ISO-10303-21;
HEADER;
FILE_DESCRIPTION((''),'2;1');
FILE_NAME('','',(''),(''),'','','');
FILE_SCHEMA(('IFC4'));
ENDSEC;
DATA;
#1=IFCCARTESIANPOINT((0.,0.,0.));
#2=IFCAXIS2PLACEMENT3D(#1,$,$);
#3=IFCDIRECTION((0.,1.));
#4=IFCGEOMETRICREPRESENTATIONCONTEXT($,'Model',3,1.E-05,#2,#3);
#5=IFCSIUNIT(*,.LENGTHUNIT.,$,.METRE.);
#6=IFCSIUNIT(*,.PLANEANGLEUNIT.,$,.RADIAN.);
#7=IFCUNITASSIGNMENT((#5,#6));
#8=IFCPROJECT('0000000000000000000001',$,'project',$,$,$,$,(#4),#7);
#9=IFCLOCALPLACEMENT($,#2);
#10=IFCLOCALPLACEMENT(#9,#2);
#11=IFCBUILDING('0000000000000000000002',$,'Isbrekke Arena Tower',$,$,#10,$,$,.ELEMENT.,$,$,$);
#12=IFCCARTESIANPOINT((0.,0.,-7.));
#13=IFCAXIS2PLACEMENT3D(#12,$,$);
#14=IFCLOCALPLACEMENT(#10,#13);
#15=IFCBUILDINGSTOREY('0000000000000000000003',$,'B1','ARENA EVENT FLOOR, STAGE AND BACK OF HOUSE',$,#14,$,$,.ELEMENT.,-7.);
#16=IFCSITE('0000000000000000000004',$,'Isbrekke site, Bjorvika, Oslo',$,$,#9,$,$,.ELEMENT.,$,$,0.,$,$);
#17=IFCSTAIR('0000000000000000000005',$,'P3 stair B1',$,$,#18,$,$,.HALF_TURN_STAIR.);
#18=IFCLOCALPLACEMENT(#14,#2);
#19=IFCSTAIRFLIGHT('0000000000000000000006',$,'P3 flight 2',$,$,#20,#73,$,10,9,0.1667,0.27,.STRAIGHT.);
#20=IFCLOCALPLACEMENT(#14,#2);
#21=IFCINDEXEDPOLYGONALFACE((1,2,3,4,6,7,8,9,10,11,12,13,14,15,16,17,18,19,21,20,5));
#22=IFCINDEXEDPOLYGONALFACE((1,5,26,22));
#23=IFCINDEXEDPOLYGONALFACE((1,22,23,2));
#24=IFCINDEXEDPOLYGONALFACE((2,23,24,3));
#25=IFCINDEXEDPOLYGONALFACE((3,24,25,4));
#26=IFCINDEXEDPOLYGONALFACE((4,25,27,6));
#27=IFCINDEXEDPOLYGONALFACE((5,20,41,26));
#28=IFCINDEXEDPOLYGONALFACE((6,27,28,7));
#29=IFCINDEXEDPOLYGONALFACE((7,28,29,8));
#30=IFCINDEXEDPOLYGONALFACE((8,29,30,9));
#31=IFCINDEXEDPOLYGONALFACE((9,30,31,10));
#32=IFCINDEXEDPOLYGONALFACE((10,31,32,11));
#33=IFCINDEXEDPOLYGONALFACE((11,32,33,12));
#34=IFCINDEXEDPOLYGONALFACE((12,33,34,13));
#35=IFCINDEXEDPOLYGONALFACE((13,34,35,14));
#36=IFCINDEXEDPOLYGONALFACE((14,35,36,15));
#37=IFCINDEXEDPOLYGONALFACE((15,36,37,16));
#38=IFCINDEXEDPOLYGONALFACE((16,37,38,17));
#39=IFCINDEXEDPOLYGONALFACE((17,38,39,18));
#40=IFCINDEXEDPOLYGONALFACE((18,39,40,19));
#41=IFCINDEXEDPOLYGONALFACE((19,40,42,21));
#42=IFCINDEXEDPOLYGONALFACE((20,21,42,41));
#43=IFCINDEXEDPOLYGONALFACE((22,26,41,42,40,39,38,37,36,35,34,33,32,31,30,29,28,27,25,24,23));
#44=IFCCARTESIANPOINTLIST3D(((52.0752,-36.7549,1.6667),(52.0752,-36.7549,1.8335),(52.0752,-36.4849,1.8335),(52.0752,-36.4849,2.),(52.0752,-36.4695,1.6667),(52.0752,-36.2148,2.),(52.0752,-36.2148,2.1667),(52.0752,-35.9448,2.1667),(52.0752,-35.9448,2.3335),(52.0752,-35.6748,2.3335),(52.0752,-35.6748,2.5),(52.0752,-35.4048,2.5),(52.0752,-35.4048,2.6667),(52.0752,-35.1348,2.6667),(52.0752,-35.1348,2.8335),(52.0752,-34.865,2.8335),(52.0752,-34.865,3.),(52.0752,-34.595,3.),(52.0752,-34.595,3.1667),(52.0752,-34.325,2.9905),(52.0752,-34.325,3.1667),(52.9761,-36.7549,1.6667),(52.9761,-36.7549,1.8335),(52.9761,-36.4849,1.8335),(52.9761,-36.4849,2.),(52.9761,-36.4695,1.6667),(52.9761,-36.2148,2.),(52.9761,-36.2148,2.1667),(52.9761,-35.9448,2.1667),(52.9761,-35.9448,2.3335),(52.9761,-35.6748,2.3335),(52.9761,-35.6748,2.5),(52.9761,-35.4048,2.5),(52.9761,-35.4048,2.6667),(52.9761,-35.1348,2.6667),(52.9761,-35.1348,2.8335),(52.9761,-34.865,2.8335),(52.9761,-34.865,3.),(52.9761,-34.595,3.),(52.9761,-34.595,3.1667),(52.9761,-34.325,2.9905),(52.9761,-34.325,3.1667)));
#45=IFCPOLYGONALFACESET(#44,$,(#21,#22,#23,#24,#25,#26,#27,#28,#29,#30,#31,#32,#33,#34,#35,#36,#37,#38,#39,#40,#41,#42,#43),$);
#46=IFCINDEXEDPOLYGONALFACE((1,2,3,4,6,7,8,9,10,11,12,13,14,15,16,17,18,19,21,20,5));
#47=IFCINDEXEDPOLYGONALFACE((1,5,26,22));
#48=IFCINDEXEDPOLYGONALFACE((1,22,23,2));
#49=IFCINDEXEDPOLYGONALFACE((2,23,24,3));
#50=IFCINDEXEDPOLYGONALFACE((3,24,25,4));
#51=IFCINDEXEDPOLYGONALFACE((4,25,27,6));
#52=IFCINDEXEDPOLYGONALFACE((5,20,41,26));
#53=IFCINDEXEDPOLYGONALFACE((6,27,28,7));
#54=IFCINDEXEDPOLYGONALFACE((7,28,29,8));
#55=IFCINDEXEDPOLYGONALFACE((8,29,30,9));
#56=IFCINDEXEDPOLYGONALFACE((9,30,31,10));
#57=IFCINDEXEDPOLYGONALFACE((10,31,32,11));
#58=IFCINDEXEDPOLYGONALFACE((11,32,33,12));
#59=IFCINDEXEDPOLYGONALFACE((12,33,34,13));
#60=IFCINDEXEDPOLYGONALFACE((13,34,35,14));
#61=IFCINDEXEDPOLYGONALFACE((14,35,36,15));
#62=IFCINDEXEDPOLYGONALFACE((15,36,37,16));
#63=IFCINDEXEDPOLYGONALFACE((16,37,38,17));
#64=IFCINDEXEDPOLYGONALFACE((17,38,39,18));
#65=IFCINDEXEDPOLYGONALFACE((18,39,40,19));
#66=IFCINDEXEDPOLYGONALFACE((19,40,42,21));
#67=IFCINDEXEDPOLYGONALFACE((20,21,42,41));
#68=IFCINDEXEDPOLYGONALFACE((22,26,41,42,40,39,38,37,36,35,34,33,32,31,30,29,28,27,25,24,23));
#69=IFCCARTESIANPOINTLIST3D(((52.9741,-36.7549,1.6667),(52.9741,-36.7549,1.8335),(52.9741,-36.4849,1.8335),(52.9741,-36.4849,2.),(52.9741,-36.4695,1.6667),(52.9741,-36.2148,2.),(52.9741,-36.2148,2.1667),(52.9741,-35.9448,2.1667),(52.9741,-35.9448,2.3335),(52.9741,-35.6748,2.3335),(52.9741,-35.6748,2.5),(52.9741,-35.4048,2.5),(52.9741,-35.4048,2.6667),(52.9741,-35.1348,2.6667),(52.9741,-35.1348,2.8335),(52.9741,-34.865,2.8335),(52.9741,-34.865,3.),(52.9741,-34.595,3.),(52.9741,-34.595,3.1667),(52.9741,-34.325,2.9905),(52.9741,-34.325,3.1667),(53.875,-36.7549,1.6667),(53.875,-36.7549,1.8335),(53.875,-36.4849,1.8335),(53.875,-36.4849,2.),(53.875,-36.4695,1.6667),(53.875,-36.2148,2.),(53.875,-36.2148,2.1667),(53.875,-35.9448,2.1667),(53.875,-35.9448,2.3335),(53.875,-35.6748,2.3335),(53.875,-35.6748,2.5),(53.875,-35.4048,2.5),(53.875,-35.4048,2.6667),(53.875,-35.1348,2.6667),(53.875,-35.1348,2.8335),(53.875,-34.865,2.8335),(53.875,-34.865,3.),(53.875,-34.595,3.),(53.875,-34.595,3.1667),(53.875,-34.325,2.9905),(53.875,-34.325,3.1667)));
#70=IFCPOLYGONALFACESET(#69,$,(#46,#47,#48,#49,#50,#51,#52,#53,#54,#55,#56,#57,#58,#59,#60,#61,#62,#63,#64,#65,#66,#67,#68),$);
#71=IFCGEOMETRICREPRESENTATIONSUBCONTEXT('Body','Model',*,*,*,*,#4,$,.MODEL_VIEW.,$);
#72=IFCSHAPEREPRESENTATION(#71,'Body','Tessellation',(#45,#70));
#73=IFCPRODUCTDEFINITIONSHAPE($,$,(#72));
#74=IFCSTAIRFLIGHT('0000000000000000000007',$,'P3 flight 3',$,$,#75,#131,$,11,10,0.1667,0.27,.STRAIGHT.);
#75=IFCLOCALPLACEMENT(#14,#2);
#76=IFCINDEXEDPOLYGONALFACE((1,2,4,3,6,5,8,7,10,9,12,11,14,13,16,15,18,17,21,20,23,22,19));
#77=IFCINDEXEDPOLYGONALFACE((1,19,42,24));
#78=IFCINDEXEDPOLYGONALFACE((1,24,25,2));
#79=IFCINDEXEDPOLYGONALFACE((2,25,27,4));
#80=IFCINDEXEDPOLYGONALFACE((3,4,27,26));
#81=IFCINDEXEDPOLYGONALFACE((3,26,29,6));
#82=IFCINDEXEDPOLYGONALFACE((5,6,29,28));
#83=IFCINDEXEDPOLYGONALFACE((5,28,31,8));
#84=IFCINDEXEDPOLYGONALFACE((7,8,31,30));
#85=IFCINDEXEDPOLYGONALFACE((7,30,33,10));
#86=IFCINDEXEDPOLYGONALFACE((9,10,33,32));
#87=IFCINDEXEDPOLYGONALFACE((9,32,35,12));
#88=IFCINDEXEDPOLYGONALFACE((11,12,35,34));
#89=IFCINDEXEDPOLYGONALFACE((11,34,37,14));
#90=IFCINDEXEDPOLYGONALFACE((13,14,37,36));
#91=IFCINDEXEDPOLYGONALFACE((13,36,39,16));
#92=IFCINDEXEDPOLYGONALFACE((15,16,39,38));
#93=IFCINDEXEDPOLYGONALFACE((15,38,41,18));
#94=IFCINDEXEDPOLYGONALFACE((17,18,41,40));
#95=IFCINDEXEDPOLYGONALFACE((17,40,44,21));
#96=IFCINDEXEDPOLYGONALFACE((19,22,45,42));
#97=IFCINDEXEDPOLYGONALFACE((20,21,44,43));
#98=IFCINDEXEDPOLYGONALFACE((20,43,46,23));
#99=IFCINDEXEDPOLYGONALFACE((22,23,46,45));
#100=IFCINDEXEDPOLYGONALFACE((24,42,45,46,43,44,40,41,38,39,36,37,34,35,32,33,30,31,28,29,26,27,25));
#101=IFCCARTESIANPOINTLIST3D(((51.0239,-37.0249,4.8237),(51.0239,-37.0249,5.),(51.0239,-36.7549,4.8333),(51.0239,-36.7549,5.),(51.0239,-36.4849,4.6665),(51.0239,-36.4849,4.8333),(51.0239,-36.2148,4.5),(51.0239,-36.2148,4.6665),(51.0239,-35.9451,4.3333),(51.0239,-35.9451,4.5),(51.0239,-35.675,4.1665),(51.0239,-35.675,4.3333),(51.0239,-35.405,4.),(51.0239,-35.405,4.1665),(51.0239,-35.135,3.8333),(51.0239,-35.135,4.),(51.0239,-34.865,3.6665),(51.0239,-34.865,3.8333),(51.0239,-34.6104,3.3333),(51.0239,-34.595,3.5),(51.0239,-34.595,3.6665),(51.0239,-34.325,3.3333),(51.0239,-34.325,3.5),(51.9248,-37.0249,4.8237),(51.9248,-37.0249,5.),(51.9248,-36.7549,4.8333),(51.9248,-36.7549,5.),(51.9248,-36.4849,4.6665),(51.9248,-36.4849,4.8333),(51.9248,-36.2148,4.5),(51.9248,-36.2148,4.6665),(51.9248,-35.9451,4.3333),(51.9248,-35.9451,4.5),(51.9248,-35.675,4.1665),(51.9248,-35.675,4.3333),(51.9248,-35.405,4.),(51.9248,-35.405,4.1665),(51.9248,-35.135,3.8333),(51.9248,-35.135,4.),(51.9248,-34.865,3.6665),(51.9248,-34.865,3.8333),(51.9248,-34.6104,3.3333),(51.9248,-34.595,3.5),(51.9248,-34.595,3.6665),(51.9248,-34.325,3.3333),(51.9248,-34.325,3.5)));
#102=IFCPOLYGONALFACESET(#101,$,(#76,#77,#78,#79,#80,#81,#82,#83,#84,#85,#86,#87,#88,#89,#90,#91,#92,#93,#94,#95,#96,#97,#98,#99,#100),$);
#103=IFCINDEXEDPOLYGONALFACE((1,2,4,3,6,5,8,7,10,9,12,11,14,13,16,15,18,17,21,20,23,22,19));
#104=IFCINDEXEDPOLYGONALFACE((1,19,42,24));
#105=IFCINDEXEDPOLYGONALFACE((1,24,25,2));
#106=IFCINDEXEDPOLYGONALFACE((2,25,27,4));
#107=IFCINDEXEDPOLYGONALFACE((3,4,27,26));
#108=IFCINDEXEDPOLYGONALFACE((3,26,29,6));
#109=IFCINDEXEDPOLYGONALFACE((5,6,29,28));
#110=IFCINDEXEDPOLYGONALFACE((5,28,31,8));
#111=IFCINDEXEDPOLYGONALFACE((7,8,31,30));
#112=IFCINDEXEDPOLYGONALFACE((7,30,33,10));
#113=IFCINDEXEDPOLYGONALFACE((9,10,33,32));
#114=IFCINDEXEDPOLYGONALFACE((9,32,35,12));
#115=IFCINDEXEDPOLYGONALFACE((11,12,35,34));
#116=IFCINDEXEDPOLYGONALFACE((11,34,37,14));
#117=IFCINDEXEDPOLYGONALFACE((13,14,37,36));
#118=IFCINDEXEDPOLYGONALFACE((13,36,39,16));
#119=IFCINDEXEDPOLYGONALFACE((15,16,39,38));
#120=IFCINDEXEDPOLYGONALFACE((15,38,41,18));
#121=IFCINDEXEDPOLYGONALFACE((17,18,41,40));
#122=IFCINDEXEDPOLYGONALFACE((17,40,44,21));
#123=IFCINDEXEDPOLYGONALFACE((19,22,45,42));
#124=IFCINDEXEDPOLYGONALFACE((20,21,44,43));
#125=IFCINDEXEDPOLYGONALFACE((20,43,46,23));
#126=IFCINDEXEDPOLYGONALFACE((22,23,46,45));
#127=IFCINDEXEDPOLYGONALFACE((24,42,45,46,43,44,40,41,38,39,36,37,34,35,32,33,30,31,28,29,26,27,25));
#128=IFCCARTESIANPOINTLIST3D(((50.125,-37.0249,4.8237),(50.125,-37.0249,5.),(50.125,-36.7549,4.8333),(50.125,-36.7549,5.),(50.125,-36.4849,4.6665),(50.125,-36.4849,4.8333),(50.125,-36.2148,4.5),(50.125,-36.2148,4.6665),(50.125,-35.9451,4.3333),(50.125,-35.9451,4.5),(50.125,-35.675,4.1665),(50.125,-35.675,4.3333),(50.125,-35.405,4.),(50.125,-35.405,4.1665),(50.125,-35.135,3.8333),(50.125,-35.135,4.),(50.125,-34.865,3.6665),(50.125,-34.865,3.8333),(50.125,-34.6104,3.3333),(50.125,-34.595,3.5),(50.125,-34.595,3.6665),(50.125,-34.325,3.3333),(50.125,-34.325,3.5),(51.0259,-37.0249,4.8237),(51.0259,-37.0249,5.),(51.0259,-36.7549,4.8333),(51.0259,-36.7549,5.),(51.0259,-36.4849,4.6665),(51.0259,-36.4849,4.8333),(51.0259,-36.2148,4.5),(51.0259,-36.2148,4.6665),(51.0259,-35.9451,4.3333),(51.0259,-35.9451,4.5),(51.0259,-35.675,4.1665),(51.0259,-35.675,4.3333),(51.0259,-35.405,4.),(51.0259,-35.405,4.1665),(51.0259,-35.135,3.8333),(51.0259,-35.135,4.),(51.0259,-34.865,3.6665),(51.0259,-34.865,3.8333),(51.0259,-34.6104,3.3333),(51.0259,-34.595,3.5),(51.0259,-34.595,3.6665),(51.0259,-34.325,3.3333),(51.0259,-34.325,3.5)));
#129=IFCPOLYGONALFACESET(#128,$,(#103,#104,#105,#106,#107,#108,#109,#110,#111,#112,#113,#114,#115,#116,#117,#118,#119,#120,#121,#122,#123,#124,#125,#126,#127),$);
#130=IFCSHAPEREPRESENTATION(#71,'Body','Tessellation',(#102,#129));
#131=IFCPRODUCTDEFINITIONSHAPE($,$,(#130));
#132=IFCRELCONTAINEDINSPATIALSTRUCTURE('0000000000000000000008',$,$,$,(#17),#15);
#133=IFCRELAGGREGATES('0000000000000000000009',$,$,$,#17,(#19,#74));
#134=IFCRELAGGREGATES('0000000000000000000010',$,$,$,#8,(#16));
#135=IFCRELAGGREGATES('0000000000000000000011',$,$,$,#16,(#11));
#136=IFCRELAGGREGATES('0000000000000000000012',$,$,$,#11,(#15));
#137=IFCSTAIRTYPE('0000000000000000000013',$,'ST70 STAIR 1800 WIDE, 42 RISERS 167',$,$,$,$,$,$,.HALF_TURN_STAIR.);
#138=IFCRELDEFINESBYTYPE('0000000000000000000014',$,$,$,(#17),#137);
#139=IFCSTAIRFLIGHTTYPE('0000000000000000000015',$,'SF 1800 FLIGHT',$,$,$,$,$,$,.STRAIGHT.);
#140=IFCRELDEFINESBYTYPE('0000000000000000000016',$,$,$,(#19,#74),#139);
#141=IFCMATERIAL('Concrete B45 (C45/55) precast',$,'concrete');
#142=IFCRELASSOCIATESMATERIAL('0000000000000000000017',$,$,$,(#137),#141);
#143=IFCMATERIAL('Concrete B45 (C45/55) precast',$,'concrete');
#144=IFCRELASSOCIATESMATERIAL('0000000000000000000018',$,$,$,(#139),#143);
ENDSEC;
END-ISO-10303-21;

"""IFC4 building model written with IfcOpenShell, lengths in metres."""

from ifc_helpers import new_model, si_unit, direction, frame, origin, place, context, subcontext, project, spatial, polyline, outline, extrude, material, type_object, element, aggregate, save


model = new_model("IFC4")

# Units and contexts
model_context = context("Model", 3, precision=1e-05, world=origin(), true_north=direction((0.0, 1.0)))
body_context = subcontext(model_context, "Body", "Model", "MODEL_VIEW")
ifc_project = project(units=[si_unit("LENGTHUNIT", "METRE"), si_unit("PLANEANGLEUNIT", "RADIAN")], contexts=[model_context])

# Site, building, storey
site_placement = place(None, origin())
site = spatial("IfcSite", under=ifc_project, at=site_placement, Name="Isbrekke site, Bjorvika, Oslo", CompositionType="ELEMENT", RefElevation=0.0)
building_placement = place(site_placement, origin())
building = spatial("IfcBuilding", under=site, at=building_placement, Name="Isbrekke Arena Tower", CompositionType="ELEMENT")
storey_placement = place(building_placement, frame((0.0, 0.0, -7.0)))
storey = spatial("IfcBuildingStorey", under=building, at=storey_placement, Name="B1", Description="ARENA EVENT FLOOR, STAGE AND BACK OF HOUSE", CompositionType="ELEMENT", Elevation=-7.0)

# Stair, stair flights
ifc_material_1 = material(Name="Concrete B45 (C45/55) precast", Category="concrete")
stair_type = type_object("IfcStairType", Name="ST70 STAIR 1800 WIDE, 42 RISERS 167", PredefinedType="HALF_TURN_STAIR", material=ifc_material_1)
stair_placement = place(storey_placement, origin())
stair = element("IfcStair", 1, at=stair_placement, inside=storey, type_object=stair_type, Name="P3 stair B1", PredefinedType="HALF_TURN_STAIR")
ifc_material_2 = material(Name="Concrete B45 (C45/55) precast", Category="concrete")
stair_flight_type = type_object("IfcStairFlightType", Name="SF 1800 FLIGHT", PredefinedType="STRAIGHT", material=ifc_material_2)
stair_flight_1_placement = place(storey_placement, frame((52.9751, -36.7549, 1.6667), z_axis=(0.0, 0.0, 1.0), x_axis=(0.0, 1.0, 0.0)))
stair_flight_1 = element("IfcStairFlight", 2, at=stair_flight_1_placement, type_object=stair_flight_type, Name="P3 flight 2", NumberOfRisers=10, NumberOfTreads=9, PredefinedType="STRAIGHT", RiserHeight=0.1667, TreadLength=0.27, context=body_context, shape_type="SweptSolid", body=[
    extrude(outline(polyline([(0.0, 0.0), (0.0, 0.1667), (0.27, 0.1667), (0.27, 0.3333), (0.54, 0.3333), (0.54, 0.5), (0.8101, 0.5), (0.8101, 0.6667), (1.0801, 0.6667), (1.0801, 0.8333), (1.3501, 0.8333), (1.3501, 1.0), (1.6201, 1.0), (1.6201, 1.1667), (1.8899, 1.1667), (1.8899, 1.3333), (2.1599, 1.3333), (2.1599, 1.5), (2.4299, 1.5), (2.4299, 1.6667), (2.4299, 1.3237), (0.2854, 0.0), (0.0, 0.0)])), frame((0.0, 0.8999, 0.0), z_axis=(0.0, -1.0, 0.0), x_axis=(1.0, 0.0, 0.0)), (0.0, 0.0, 1.0), 0.9009),
    extrude(outline(polyline([(0.0, 0.0), (0.0, 0.1667), (0.27, 0.1667), (0.27, 0.3333), (0.54, 0.3333), (0.54, 0.5), (0.8101, 0.5), (0.8101, 0.6667), (1.0801, 0.6667), (1.0801, 0.8333), (1.3501, 0.8333), (1.3501, 1.0), (1.6201, 1.0), (1.6201, 1.1667), (1.8899, 1.1667), (1.8899, 1.3333), (2.1599, 1.3333), (2.1599, 1.5), (2.4299, 1.5), (2.4299, 1.6667), (2.4299, 1.3237), (0.2854, 0.0), (0.0, 0.0)])), frame((0.0, 0.001, 0.0), z_axis=(0.0, -1.0, 0.0), x_axis=(1.0, 0.0, 0.0)), (0.0, 0.0, 1.0), 0.9009),
])
stair_flight_2_placement = place(storey_placement, frame((51.0249, -34.325, 3.3333), z_axis=(0.0, 0.0, 1.0), x_axis=(0.0, -1.0, 0.0)))
stair_flight_2 = element("IfcStairFlight", 3, at=stair_flight_2_placement, type_object=stair_flight_type, Name="P3 flight 3", NumberOfRisers=11, NumberOfTreads=10, PredefinedType="STRAIGHT", RiserHeight=0.1667, TreadLength=0.27, context=body_context, shape_type="SweptSolid", body=[
    extrude(outline(polyline([(0.0, 0.0), (0.0, 0.1667), (0.27, 0.1667), (0.27, 0.3333), (0.54, 0.3333), (0.54, 0.5), (0.8101, 0.5), (0.8101, 0.6667), (1.0801, 0.6667), (1.0801, 0.8333), (1.3501, 0.8333), (1.3501, 1.0), (1.6201, 1.0), (1.6201, 1.1667), (1.8899, 1.1667), (1.8899, 1.3333), (2.1599, 1.3333), (2.1599, 1.5), (2.4299, 1.5), (2.4299, 1.6667), (2.7, 1.6667), (2.7, 1.8333), (2.7, 1.4905), (0.2854, 0.0), (0.0, 0.0)])), frame((0.0, 0.8999, 0.0), z_axis=(0.0, -1.0, 0.0), x_axis=(1.0, 0.0, 0.0)), (0.0, 0.0, 1.0), 0.9009),
    extrude(outline(polyline([(0.0, 0.0), (0.0, 0.1667), (0.27, 0.1667), (0.27, 0.3333), (0.54, 0.3333), (0.54, 0.5), (0.8101, 0.5), (0.8101, 0.6667), (1.0801, 0.6667), (1.0801, 0.8333), (1.3501, 0.8333), (1.3501, 1.0), (1.6201, 1.0), (1.6201, 1.1667), (1.8899, 1.1667), (1.8899, 1.3333), (2.1599, 1.3333), (2.1599, 1.5), (2.4299, 1.5), (2.4299, 1.6667), (2.7, 1.6667), (2.7, 1.8333), (2.7, 1.4905), (0.2854, 0.0), (0.0, 0.0)])), frame((0.0, 0.001, 0.0), z_axis=(0.0, -1.0, 0.0), x_axis=(1.0, 0.0, 0.0)), (0.0, 0.0, 1.0), 0.9009),
])
aggregate(stair, [stair_flight_1, stair_flight_2])

save(model, "model.ifc")
